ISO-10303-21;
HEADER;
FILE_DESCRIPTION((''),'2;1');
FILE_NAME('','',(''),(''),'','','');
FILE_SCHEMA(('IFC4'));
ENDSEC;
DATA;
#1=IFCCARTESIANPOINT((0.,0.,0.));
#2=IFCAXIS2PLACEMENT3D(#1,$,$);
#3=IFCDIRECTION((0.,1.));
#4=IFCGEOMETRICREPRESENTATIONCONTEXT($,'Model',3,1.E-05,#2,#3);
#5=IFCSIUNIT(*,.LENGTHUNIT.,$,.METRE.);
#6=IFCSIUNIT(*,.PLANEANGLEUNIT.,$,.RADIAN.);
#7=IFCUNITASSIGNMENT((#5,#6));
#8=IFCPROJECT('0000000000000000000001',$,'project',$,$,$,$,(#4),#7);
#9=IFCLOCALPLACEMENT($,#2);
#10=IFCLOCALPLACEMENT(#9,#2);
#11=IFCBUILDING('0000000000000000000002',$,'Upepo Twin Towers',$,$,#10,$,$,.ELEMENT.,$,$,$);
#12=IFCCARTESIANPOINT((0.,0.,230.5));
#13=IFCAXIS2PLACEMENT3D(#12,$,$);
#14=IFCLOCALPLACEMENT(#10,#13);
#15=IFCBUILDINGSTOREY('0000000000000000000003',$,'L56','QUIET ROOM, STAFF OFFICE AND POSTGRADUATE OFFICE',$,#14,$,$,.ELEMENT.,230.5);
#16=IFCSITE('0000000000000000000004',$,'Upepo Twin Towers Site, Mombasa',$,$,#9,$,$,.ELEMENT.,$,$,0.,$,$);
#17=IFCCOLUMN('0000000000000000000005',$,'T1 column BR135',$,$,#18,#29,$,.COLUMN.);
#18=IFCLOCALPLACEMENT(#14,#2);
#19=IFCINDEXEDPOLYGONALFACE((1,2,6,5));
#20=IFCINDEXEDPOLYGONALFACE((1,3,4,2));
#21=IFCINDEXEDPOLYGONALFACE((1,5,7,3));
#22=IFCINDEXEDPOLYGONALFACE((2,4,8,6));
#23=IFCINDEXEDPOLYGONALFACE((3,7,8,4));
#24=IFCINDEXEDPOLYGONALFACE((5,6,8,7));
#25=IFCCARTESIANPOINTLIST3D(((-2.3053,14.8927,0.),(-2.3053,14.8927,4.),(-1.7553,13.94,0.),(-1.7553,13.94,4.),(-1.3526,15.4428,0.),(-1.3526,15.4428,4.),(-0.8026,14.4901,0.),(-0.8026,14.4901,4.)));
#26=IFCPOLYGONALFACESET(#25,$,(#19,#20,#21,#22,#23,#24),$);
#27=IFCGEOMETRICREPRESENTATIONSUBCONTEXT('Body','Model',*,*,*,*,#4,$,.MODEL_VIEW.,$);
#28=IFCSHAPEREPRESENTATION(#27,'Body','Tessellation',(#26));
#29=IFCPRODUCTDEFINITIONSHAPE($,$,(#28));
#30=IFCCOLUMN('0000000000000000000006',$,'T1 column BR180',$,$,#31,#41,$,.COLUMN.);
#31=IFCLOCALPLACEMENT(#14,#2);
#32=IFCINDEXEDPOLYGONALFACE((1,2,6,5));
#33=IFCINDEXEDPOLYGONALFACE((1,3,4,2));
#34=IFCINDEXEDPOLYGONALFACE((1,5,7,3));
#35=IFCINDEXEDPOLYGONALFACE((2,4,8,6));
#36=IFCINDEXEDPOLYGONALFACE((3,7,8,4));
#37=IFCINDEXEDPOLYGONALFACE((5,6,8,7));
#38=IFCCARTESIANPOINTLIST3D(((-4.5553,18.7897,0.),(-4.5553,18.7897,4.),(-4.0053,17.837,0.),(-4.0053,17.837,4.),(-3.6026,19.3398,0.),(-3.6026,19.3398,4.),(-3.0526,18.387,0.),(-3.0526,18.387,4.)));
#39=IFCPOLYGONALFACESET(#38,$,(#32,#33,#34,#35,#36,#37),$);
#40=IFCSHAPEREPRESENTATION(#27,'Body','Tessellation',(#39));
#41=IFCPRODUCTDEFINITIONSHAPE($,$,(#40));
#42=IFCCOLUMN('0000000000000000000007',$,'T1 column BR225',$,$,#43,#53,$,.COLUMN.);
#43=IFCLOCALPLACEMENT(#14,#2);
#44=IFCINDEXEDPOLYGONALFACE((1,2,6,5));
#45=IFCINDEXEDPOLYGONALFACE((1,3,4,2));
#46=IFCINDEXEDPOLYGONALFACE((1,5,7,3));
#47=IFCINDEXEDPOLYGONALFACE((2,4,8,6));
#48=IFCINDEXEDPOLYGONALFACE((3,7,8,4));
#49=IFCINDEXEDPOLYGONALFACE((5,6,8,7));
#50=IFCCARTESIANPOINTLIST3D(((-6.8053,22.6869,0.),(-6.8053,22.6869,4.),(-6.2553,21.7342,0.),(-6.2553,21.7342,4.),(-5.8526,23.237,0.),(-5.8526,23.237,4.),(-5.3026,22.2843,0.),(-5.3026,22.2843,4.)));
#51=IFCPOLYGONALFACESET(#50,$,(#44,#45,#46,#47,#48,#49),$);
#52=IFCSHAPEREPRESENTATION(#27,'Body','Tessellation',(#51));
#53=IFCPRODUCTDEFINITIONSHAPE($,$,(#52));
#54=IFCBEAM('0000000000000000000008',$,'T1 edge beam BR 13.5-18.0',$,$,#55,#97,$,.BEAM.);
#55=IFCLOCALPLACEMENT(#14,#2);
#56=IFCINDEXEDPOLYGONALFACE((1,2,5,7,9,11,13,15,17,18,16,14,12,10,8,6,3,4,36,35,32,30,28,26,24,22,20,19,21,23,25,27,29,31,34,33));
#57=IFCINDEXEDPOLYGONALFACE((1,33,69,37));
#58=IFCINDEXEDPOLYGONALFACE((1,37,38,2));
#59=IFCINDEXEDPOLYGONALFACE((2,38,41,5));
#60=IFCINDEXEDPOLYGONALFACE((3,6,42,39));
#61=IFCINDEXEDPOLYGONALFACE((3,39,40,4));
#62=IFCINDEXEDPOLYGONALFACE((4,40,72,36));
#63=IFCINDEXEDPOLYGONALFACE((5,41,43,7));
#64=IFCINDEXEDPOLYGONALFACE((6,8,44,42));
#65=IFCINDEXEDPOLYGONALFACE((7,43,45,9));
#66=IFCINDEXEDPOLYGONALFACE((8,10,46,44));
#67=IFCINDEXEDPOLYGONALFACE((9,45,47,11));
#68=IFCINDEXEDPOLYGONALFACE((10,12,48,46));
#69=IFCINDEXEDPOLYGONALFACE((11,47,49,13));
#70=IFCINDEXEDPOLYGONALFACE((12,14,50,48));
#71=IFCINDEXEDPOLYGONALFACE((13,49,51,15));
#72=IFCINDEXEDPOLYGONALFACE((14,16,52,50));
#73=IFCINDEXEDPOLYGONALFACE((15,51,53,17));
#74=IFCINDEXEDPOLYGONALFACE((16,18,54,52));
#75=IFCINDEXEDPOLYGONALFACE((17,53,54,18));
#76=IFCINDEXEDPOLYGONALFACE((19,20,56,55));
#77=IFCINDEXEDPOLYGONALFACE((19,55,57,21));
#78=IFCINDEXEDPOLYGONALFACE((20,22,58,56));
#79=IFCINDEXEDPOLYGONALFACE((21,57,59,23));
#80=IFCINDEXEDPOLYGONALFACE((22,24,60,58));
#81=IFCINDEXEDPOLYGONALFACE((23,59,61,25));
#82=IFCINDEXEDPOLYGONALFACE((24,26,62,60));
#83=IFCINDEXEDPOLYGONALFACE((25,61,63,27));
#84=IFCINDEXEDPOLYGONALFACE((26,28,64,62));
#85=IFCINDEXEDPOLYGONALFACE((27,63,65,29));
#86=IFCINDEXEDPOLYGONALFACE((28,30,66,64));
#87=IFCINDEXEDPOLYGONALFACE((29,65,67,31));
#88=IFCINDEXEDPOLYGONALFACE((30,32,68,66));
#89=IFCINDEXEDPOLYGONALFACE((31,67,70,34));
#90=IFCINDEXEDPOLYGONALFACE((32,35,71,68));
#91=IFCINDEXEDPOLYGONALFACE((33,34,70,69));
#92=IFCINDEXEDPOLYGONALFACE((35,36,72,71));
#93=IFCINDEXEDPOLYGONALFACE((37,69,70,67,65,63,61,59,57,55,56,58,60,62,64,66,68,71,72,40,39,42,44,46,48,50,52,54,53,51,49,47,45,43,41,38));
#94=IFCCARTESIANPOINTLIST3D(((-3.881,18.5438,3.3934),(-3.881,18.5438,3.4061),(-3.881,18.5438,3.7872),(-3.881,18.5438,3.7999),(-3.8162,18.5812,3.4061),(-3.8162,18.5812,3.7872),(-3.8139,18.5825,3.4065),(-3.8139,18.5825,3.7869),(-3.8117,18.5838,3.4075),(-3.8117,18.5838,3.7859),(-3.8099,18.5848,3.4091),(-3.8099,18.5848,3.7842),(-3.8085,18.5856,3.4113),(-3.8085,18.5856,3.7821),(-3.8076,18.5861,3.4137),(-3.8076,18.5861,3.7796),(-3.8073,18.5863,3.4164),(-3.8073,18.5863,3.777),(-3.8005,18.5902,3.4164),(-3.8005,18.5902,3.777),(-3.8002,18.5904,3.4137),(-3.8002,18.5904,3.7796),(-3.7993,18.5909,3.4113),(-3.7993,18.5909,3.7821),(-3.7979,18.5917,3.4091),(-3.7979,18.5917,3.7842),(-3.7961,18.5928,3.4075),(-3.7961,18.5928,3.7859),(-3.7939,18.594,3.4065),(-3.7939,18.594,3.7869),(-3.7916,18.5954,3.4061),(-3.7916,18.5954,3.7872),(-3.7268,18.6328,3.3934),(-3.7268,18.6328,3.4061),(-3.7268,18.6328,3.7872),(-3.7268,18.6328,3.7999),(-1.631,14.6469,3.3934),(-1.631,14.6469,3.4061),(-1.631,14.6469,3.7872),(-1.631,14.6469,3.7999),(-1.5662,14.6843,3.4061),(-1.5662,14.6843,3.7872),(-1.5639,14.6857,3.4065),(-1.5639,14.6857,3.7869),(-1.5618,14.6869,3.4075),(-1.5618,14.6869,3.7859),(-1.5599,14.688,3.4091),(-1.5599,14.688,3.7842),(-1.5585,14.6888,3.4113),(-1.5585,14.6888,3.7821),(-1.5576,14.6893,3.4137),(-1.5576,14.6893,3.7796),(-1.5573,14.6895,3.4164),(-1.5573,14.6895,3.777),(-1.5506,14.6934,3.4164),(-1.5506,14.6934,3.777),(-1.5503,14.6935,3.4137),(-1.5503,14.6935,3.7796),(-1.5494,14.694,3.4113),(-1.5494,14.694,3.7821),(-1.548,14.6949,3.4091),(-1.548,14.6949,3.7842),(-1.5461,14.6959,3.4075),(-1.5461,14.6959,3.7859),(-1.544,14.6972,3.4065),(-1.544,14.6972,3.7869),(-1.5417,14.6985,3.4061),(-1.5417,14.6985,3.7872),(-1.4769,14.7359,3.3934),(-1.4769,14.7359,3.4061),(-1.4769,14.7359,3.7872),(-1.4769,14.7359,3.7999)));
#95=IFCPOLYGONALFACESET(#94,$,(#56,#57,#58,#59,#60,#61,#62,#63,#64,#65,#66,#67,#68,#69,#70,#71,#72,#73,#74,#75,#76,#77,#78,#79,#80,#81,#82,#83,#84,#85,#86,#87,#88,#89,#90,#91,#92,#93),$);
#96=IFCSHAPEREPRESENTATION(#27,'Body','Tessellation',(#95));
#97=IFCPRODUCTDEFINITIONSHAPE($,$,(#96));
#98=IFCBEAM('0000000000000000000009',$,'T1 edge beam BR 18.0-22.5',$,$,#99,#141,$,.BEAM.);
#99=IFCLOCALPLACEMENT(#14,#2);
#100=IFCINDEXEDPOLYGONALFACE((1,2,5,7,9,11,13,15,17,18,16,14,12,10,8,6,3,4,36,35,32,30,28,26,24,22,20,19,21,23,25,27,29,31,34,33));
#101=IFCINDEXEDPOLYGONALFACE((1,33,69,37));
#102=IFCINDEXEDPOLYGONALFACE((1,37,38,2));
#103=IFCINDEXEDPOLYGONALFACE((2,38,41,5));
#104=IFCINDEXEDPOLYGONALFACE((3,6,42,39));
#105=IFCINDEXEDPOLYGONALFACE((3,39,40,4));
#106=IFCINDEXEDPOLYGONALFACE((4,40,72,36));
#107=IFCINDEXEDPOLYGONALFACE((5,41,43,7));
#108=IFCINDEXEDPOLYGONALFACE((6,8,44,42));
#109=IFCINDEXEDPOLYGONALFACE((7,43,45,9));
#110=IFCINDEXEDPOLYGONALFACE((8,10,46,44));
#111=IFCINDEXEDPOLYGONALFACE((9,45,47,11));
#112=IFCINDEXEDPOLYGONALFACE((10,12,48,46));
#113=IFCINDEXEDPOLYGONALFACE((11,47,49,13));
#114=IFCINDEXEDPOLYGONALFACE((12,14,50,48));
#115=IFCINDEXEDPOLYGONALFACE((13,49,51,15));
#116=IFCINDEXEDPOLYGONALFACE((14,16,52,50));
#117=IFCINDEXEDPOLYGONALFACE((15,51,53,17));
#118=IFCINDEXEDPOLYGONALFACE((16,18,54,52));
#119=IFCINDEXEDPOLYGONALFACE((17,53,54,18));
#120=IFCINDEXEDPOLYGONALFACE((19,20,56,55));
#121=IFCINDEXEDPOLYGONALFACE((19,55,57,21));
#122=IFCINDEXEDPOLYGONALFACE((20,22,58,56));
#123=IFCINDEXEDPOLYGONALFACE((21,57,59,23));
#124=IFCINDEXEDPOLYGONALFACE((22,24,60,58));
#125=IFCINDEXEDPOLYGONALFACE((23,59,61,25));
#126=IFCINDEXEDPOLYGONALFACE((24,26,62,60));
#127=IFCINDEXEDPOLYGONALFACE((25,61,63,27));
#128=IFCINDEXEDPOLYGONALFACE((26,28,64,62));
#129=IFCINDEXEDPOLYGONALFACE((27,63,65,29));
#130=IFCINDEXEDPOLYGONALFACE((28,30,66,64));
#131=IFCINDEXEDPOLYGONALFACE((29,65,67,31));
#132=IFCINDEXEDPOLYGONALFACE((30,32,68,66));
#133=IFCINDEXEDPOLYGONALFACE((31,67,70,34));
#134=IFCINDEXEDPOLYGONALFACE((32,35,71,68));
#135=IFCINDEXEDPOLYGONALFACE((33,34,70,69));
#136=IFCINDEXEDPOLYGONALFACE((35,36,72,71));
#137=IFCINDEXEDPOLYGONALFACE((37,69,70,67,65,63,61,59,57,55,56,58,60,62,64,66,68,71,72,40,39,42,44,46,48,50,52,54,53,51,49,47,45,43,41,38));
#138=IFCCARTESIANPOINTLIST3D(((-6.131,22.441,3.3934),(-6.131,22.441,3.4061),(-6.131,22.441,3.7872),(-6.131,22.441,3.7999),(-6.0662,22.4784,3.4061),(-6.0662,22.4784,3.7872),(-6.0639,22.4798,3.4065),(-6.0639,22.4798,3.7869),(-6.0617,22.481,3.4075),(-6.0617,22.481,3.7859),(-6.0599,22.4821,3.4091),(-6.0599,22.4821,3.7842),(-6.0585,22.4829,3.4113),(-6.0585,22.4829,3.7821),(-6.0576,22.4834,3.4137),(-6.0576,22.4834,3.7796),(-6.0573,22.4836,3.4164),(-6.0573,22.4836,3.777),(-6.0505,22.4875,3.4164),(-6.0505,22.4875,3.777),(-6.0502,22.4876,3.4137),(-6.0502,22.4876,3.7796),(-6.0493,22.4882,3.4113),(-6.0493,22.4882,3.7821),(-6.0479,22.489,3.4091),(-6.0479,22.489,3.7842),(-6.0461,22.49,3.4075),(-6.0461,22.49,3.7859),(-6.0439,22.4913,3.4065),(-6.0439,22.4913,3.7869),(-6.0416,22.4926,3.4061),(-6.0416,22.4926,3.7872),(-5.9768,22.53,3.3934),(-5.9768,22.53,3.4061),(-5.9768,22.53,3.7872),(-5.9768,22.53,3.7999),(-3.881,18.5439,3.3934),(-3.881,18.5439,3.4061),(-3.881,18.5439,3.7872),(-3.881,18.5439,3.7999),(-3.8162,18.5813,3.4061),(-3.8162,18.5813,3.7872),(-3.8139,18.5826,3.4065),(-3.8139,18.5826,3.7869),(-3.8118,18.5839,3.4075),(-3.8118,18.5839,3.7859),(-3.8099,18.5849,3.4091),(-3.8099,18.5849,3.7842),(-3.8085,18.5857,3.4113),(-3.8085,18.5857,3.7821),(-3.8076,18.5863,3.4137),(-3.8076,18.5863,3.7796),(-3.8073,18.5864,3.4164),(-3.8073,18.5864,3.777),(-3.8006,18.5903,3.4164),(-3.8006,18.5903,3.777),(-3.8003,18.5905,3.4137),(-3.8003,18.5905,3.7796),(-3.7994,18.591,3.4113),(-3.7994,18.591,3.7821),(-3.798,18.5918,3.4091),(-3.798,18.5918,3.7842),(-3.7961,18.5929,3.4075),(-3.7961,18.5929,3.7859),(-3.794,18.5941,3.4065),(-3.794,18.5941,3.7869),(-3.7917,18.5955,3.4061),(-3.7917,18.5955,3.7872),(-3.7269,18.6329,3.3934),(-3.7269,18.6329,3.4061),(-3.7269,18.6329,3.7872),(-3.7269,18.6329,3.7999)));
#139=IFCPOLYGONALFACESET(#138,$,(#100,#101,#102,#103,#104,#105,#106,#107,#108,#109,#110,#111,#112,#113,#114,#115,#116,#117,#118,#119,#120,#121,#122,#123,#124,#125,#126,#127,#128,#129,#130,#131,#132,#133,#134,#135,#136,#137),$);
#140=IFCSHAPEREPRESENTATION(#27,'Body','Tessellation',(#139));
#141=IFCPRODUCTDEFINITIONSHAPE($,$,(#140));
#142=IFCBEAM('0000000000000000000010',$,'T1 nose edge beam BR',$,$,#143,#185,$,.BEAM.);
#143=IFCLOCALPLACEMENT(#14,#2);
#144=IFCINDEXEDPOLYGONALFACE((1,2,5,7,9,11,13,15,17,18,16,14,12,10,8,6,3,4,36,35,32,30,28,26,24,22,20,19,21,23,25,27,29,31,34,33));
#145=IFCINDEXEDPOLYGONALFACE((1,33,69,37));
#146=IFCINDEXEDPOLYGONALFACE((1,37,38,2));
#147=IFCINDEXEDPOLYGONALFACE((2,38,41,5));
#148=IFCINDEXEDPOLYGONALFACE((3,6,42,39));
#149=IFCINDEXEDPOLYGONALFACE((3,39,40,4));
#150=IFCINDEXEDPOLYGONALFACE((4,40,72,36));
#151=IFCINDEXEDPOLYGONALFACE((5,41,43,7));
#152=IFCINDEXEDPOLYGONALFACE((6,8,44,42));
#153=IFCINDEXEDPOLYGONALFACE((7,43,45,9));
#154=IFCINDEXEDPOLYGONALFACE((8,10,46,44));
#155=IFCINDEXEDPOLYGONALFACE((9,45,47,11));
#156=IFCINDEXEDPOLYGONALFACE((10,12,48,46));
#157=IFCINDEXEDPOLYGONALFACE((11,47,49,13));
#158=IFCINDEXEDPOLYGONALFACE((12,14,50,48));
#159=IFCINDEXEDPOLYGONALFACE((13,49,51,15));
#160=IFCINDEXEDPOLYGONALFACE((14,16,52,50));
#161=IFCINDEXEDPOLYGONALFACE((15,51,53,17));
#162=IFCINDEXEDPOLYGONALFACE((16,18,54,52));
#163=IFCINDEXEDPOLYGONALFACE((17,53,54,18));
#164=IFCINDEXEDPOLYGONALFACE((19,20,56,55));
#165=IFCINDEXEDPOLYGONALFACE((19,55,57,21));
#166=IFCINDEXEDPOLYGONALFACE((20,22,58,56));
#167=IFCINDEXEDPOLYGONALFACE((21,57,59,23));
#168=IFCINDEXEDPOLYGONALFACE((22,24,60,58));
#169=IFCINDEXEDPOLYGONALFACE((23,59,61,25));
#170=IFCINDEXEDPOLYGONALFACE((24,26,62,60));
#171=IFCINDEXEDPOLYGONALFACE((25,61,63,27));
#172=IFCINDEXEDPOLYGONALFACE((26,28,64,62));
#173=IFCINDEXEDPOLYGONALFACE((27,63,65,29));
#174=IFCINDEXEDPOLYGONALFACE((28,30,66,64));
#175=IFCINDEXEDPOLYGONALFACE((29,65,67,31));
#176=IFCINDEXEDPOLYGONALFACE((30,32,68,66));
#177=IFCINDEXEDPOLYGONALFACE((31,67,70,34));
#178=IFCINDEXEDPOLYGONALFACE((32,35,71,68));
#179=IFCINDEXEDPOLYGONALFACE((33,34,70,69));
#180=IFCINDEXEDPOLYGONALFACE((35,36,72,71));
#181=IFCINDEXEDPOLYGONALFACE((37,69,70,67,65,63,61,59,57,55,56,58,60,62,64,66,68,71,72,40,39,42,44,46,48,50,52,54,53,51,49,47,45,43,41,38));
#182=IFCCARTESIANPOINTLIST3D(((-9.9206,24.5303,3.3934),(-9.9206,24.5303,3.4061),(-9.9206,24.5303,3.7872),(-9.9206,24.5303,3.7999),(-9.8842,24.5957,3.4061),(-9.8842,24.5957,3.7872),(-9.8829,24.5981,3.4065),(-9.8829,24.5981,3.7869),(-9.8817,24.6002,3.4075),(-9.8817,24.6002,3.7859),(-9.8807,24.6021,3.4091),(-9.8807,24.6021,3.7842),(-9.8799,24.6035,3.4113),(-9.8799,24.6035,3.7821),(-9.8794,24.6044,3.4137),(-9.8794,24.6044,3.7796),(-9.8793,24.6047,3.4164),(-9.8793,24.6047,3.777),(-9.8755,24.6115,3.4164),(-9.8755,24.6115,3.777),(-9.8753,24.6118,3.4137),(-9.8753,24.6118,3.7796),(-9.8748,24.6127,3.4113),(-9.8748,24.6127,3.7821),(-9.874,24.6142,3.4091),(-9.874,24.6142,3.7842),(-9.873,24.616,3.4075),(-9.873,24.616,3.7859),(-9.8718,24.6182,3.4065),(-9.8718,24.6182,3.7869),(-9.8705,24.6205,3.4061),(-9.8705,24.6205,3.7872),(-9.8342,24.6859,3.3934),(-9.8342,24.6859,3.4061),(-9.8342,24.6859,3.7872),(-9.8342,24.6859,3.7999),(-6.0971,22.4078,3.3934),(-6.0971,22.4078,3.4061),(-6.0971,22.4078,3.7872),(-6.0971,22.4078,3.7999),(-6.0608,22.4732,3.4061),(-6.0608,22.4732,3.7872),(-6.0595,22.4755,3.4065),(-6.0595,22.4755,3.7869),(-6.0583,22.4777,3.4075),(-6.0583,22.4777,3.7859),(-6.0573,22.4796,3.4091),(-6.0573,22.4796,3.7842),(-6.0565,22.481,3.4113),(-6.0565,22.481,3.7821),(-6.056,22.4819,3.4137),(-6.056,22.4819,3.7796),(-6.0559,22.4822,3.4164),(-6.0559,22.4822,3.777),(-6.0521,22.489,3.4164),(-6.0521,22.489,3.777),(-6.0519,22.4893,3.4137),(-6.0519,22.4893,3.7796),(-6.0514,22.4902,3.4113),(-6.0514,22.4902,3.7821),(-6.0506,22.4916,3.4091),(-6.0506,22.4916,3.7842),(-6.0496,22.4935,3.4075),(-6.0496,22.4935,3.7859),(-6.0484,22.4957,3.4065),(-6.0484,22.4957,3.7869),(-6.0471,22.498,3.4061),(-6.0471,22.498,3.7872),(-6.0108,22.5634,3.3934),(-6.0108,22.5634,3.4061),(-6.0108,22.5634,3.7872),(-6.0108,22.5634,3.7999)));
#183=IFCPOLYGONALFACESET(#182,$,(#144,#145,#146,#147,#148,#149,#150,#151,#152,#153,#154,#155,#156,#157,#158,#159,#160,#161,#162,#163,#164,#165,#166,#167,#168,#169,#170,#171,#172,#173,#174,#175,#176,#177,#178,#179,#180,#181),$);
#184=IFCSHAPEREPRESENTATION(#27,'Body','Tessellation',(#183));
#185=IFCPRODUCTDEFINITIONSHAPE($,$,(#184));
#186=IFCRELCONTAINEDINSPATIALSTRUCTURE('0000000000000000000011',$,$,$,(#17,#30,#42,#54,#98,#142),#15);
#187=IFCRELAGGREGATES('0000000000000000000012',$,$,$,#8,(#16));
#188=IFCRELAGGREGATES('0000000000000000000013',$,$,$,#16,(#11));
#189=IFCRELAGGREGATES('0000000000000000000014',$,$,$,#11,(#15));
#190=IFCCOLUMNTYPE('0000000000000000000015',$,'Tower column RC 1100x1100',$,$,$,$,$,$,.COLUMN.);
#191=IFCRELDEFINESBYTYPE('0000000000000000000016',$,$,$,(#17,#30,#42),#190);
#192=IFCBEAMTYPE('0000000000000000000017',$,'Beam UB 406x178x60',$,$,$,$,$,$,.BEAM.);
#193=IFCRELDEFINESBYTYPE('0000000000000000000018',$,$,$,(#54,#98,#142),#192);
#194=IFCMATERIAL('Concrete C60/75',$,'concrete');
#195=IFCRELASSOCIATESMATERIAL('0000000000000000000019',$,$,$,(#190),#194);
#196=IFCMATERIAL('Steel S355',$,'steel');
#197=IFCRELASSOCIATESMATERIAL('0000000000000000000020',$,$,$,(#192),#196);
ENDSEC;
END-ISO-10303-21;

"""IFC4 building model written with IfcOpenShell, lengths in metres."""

from ifc_helpers import new_model, si_unit, direction, frame, origin, origin_2d, place, context, subcontext, project, spatial, rectangle, i_section, extrude, material, material_profile, profile_set, type_object, element, save


model = new_model("IFC4")

# Units and contexts
model_context = context("Model", 3, precision=1e-05, world=origin(), true_north=direction((0.0, 1.0)))
body_context = subcontext(model_context, "Body", "Model", "MODEL_VIEW")
ifc_project = project(units=[si_unit("LENGTHUNIT", "METRE"), si_unit("PLANEANGLEUNIT", "RADIAN")], contexts=[model_context])

# Site, building, storey
site_placement = place(None, origin())
site = spatial("IfcSite", under=ifc_project, at=site_placement, Name="Upepo Twin Towers Site, Mombasa", CompositionType="ELEMENT", RefElevation=0.0)
building_placement = place(site_placement, origin())
building = spatial("IfcBuilding", under=site, at=building_placement, Name="Upepo Twin Towers", CompositionType="ELEMENT")
storey_placement = place(building_placement, frame((0.0, 0.0, 230.5)))
storey = spatial("IfcBuildingStorey", under=building, at=storey_placement, Name="L56", Description="QUIET ROOM, STAFF OFFICE AND POSTGRADUATE OFFICE", CompositionType="ELEMENT", Elevation=230.5)

# Columns
ifc_material_1 = material(Name="Concrete C60/75", Category="concrete")
ifc_material_profile_1 = material_profile(ifc_material_1, rectangle(XDim=1.1001, YDim=1.1001, at=origin_2d()), Name="RC 1100x1100")
ifc_profile_set_1 = profile_set([ifc_material_profile_1], Name="Concrete C60/75")
column_type = type_object("IfcColumnType", Name="Tower column RC 1100x1100", PredefinedType="COLUMN", material=ifc_profile_set_1)
for number, where, z_axis, x_axis, name in (
    (1, (-1.554, 14.6914, 0.0), (0.0, 0.0, 1.0), (0.866025, 0.5, 0.0), "T1 column BR135"),
    (2, (-3.804, 18.5884, 0.0), (0.0, 0.0, 1.0), (0.866025, 0.5, 0.0), "T1 column BR180"),
    (3, (-6.054, 22.4856, 0.0), (0.0, 0.0, 1.0), (0.866025, 0.5, 0.0), "T1 column BR225"),
):
    element("IfcColumn", number, at=place(storey_placement, frame(where, z_axis=z_axis, x_axis=x_axis)), inside=storey, type_object=column_type, Name=name, PredefinedType="COLUMN", context=body_context, shape_type="SweptSolid", body=[
        extrude(rectangle(XDim=1.1001, YDim=1.1001, at=origin_2d()), origin(), (0.0, 0.0, 1.0), 4.0),
    ])

# Beams
ifc_material_2 = material(Name="Steel S355", Category="steel")
ifc_material_profile_2 = material_profile(ifc_material_2, i_section(OverallWidth=0.178, OverallDepth=0.4065, WebThickness=0.0078, FlangeThickness=0.0127, FilletRadius=0.0103, at=origin_2d()), Name="UB 406x178x60")
ifc_profile_set_2 = profile_set([ifc_material_profile_2], Name="Steel S355")
beam_type_1 = type_object("IfcBeamType", Name="Beam UB 406x178x60", PredefinedType="BEAM", material=ifc_profile_set_2)
beam_1_placement = place(storey_placement, frame((-1.554, 14.6914, 3.5967), z_axis=(-0.500014, 0.866018, 0.0), x_axis=(-0.866018, -0.500014, 0.0)))
element("IfcBeam", 4, at=beam_1_placement, inside=storey, type_object=beam_type_1, Name="T1 edge beam BR 13.5-18.0", PredefinedType="BEAM", context=body_context, shape_type="SweptSolid", body=[
    extrude(i_section(OverallWidth=0.178, OverallDepth=0.4065, WebThickness=0.0078, FlangeThickness=0.0127, FilletRadius=0.0103, at=origin_2d()), origin(), (0.0, 0.0, 1.0), 4.4998),
])
beam_2_placement = place(storey_placement, frame((-3.804, 18.5884, 3.5967), z_axis=(-0.49999, 0.866031, 0.0), x_axis=(-0.866031, -0.49999, 0.0)))
element("IfcBeam", 5, at=beam_2_placement, inside=storey, type_object=beam_type_1, Name="T1 edge beam BR 18.0-22.5", PredefinedType="BEAM", context=body_context, shape_type="SweptSolid", body=[
    extrude(i_section(OverallWidth=0.178, OverallDepth=0.4065, WebThickness=0.0078, FlangeThickness=0.0127, FilletRadius=0.0103, at=origin_2d()), origin(), (0.0, 0.0, 1.0), 4.5),
])
beam_3_placement = place(storey_placement, frame((-6.054, 22.4856, 3.5967), z_axis=(-0.874313, 0.485363, 0.0), x_axis=(-0.485363, -0.874313, 0.0)))
element("IfcBeam", 6, at=beam_3_placement, inside=storey, type_object=beam_type_1, Name="T1 nose edge beam BR", PredefinedType="BEAM", context=body_context, shape_type="SweptSolid", body=[
    extrude(i_section(OverallWidth=0.178, OverallDepth=0.4065, WebThickness=0.0078, FlangeThickness=0.0127, FilletRadius=0.0103, at=origin_2d()), origin(), (0.0, 0.0, 1.0), 4.373),
])

save(model, "model.ifc")
